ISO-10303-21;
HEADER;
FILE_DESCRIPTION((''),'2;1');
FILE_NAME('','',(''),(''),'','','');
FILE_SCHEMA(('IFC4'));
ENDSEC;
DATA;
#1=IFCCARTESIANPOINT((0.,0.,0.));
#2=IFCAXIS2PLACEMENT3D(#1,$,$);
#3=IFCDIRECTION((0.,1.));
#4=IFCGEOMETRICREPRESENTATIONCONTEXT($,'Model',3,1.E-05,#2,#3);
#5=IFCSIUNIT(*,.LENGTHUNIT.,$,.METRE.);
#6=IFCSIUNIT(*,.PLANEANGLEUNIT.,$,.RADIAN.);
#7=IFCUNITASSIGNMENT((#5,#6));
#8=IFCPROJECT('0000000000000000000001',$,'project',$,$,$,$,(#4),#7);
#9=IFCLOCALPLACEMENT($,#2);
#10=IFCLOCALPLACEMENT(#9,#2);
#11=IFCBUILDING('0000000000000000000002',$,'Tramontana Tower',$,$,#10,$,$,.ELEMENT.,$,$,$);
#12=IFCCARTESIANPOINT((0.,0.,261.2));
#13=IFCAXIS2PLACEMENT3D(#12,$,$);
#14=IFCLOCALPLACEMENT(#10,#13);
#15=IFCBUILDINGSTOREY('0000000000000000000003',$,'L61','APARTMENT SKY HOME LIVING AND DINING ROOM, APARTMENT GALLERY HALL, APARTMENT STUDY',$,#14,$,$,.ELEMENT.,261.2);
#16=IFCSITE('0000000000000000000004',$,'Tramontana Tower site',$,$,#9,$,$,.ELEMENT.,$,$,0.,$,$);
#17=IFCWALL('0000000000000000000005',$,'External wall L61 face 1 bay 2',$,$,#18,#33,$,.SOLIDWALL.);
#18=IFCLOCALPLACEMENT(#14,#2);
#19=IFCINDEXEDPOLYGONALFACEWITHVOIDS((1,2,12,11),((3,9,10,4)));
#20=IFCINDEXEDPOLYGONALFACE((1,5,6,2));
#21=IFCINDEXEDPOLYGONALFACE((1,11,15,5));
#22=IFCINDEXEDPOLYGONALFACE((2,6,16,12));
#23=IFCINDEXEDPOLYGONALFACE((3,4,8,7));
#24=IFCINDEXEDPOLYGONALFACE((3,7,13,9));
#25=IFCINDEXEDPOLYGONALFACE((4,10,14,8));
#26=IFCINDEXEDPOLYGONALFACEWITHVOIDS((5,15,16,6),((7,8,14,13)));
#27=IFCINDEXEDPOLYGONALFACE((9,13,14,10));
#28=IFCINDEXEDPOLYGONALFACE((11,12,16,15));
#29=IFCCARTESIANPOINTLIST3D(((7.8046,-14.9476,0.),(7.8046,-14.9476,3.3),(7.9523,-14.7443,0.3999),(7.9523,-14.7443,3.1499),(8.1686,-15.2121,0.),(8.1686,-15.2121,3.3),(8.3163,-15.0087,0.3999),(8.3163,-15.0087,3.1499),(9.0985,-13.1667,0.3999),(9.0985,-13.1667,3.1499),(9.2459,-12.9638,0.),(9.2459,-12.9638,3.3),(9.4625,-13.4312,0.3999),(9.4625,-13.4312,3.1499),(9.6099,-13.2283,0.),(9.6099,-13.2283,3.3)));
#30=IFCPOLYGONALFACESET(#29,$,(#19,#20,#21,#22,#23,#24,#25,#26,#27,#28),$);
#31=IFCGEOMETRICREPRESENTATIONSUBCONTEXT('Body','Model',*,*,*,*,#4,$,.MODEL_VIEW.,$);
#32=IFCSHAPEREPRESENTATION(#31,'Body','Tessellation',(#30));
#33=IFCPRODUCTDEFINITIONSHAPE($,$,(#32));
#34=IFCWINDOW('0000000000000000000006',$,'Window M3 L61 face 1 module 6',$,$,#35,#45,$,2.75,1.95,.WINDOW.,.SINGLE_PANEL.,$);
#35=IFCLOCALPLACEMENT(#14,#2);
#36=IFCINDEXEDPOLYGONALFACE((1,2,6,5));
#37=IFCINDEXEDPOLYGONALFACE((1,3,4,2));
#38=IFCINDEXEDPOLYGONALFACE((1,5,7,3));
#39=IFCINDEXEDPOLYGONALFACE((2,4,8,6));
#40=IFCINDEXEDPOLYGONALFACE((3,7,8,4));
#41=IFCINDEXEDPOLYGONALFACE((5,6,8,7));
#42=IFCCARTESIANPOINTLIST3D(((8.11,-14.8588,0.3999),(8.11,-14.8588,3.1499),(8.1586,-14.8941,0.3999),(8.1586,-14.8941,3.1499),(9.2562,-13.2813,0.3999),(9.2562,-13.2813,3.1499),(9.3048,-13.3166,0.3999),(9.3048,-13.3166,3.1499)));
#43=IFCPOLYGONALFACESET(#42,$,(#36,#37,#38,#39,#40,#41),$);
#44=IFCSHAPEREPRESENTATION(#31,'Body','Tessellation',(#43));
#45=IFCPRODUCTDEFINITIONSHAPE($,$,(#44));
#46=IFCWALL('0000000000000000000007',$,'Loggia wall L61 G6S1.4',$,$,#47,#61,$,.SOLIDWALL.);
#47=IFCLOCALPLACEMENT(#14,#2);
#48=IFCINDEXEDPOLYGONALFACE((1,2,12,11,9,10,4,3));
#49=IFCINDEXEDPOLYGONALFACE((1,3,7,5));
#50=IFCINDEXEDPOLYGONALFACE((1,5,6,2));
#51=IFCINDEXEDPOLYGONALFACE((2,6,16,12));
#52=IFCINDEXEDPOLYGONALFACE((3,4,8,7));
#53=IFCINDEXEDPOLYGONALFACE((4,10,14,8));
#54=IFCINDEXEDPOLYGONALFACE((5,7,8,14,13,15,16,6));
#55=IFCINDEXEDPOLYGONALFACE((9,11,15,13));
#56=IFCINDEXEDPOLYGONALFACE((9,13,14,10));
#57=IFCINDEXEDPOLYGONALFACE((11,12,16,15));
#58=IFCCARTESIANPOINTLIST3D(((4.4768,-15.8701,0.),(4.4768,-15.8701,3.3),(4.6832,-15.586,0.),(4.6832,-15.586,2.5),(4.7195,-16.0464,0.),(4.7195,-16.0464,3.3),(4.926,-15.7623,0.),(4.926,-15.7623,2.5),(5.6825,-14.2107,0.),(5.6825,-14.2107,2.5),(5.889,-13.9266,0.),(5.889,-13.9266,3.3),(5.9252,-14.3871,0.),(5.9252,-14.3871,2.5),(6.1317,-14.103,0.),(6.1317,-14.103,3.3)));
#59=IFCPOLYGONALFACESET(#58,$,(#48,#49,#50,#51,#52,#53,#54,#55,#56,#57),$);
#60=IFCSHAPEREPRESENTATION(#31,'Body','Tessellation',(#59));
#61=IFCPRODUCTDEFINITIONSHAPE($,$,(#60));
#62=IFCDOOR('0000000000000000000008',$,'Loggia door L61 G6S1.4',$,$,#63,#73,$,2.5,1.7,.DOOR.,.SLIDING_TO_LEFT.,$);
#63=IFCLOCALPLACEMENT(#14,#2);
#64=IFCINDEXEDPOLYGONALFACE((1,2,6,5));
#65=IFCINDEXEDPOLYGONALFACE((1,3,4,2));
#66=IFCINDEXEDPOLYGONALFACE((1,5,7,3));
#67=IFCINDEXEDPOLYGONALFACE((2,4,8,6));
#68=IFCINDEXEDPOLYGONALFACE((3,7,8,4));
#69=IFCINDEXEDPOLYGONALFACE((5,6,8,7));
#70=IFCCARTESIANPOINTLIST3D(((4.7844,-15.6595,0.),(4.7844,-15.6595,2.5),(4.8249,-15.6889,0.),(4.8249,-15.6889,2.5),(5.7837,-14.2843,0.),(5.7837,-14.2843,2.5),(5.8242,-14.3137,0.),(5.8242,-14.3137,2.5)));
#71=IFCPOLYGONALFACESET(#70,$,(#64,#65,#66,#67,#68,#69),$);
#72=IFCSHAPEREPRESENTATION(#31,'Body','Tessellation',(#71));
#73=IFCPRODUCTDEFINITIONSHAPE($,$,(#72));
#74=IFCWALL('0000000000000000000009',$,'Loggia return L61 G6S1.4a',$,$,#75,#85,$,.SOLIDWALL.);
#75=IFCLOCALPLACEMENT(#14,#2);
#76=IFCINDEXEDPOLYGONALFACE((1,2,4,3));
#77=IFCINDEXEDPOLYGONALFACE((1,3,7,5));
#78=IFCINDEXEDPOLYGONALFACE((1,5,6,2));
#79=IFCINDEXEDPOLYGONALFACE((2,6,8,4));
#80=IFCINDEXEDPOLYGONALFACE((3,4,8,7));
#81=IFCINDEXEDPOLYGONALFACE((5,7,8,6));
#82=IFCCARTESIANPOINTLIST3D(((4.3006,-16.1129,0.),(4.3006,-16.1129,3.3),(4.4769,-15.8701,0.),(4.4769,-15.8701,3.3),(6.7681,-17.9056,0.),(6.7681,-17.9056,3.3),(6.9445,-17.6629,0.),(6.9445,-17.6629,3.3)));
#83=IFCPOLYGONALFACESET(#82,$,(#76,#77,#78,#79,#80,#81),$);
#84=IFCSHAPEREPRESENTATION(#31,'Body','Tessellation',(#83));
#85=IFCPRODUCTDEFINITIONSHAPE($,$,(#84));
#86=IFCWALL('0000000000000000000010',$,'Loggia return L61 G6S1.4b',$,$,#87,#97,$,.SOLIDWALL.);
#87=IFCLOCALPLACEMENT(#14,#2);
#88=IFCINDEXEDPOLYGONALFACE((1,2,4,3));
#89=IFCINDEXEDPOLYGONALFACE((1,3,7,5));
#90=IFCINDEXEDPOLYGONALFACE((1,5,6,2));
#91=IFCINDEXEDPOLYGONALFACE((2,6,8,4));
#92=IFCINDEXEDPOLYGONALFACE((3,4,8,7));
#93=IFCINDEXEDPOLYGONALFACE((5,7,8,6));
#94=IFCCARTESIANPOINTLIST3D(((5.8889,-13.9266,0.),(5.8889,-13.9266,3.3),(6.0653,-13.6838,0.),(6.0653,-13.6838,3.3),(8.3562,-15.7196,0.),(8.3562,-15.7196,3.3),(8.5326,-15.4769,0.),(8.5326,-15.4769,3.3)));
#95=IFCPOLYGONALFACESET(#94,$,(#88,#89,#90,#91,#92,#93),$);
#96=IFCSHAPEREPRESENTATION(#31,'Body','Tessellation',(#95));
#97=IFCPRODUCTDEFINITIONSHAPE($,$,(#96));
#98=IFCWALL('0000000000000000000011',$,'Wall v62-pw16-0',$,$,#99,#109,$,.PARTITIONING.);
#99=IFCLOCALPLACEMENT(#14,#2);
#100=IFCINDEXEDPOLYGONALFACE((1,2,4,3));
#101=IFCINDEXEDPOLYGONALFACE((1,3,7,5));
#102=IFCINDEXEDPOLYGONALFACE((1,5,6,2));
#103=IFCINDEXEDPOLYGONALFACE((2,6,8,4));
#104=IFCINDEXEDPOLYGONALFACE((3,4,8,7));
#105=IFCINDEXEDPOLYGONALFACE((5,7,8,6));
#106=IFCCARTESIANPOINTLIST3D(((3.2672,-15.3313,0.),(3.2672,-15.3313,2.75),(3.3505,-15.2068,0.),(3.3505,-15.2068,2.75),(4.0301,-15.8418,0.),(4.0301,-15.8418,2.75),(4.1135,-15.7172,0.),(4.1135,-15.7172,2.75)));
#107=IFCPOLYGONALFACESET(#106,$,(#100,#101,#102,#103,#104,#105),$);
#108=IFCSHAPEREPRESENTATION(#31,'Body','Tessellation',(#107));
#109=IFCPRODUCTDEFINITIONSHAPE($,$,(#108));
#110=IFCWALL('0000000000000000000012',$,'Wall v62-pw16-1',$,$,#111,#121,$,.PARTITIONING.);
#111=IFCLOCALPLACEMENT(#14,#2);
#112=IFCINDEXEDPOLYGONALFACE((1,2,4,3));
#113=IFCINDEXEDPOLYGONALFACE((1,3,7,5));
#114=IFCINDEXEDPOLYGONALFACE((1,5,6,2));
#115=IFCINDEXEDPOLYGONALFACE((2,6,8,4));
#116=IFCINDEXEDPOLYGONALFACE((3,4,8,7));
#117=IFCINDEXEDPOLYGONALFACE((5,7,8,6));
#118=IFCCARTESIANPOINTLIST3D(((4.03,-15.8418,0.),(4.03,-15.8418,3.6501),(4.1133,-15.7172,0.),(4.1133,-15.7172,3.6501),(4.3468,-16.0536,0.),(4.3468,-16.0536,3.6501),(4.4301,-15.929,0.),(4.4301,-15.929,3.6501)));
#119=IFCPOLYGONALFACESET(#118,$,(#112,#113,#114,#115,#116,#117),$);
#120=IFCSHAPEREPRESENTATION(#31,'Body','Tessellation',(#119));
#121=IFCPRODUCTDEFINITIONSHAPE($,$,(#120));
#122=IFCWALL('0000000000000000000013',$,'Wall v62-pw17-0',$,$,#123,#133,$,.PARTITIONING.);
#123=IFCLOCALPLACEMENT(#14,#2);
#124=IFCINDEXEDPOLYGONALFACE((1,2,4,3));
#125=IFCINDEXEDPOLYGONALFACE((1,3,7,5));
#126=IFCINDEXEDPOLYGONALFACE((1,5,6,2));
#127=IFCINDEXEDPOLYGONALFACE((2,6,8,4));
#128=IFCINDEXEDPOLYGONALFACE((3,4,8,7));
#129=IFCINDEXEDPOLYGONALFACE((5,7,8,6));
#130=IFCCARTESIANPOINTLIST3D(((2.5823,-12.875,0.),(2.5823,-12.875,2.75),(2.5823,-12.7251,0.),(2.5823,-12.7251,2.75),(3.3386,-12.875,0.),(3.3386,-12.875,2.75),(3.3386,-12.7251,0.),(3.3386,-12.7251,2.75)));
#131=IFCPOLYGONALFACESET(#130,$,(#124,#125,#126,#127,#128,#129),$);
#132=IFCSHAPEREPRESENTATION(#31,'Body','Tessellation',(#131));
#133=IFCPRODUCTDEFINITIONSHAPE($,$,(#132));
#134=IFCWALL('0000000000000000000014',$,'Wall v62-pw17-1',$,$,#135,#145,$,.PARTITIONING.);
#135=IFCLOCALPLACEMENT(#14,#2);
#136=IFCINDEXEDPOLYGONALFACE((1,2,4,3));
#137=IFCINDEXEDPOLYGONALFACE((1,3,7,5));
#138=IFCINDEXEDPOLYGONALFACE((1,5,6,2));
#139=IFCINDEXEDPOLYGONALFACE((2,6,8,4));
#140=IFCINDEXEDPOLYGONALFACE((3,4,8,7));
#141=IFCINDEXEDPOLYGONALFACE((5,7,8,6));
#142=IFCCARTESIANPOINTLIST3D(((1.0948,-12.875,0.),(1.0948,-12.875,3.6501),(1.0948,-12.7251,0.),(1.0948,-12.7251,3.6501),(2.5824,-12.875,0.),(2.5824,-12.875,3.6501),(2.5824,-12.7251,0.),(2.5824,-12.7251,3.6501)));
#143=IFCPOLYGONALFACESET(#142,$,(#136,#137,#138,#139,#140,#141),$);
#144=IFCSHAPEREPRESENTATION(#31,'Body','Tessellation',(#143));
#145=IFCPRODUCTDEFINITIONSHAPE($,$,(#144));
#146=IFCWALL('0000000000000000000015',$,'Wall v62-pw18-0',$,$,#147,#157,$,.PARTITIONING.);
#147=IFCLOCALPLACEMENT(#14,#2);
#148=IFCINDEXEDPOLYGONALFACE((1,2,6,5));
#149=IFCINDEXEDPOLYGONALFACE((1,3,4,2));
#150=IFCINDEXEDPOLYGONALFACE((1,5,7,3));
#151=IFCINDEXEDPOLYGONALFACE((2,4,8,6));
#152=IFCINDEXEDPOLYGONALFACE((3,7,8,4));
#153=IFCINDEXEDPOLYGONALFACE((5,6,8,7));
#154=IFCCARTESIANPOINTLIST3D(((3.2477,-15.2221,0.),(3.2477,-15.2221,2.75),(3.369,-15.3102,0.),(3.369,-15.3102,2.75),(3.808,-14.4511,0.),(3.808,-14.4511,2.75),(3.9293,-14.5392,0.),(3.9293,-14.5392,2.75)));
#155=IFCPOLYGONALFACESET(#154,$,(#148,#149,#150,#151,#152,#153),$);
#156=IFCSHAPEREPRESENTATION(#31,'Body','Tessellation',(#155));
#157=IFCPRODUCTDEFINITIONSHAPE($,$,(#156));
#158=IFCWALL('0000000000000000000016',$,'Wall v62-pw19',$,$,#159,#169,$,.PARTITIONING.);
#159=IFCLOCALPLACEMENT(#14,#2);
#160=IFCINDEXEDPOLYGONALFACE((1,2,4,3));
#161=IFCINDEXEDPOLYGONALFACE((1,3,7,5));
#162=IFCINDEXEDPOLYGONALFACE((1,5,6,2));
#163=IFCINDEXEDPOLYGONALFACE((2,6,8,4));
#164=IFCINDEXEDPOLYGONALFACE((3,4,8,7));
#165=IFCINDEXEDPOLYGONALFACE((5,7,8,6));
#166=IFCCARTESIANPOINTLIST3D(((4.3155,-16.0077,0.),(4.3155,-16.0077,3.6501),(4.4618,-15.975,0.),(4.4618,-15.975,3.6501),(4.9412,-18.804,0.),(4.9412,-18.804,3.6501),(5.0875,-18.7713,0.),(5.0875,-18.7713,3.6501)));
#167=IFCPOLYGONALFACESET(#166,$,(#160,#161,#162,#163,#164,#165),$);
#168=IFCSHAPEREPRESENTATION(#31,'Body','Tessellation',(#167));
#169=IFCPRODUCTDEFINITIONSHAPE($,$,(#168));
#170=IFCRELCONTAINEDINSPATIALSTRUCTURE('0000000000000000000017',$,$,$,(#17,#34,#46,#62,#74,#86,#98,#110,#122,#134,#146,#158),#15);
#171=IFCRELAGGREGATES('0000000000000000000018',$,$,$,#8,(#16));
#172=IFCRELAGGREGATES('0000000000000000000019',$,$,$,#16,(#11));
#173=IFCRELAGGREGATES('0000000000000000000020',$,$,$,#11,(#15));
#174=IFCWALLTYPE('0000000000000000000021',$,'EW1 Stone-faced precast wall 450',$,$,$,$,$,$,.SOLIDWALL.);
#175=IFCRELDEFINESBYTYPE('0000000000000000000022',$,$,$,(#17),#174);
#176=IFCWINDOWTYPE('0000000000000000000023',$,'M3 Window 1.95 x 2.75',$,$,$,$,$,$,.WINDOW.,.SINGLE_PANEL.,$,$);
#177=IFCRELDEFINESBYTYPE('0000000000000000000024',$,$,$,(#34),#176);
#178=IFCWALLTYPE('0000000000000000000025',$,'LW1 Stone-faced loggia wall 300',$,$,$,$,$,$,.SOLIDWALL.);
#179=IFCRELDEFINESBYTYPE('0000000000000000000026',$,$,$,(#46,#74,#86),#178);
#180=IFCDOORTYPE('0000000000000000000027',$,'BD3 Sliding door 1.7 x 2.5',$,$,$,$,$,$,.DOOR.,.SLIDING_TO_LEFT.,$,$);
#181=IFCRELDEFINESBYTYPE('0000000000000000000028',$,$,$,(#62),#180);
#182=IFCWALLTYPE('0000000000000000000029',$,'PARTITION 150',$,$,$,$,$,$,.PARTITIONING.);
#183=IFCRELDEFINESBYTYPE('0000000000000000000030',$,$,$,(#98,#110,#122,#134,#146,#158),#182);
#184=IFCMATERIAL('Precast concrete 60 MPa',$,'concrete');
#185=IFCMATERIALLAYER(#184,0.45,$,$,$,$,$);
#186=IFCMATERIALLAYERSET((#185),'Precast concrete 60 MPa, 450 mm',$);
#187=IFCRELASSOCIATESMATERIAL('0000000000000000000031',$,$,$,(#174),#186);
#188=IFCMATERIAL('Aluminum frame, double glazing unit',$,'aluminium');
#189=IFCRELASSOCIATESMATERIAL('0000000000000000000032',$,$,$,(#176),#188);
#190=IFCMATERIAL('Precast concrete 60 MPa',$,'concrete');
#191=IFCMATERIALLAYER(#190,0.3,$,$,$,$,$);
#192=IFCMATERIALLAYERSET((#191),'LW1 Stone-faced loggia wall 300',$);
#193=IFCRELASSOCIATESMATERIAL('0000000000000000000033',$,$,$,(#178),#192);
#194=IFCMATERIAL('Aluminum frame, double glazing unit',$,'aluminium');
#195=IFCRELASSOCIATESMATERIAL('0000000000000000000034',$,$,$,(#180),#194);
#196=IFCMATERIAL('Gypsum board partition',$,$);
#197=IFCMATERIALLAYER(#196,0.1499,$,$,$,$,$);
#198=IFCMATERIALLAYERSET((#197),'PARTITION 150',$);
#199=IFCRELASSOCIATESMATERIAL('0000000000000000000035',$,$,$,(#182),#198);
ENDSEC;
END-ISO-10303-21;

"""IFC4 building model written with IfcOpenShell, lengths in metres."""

from ifc_helpers import new_model, si_unit, direction, frame, frame_2d, origin, place, context, subcontext, project, spatial, rectangle, extrude, material, layer, layer_set, type_object, element, fill, save


model = new_model("IFC4")

# Units and contexts
model_context = context("Model", 3, precision=1e-05, world=origin(), true_north=direction((0.0, 1.0)))
body_context = subcontext(model_context, "Body", "Model", "MODEL_VIEW")
ifc_project = project(units=[si_unit("LENGTHUNIT", "METRE"), si_unit("PLANEANGLEUNIT", "RADIAN")], contexts=[model_context])

# Site, building, storey
site_placement = place(None, origin())
site = spatial("IfcSite", under=ifc_project, at=site_placement, Name="Tramontana Tower site", CompositionType="ELEMENT", RefElevation=0.0)
building_placement = place(site_placement, origin())
building = spatial("IfcBuilding", under=site, at=building_placement, Name="Tramontana Tower", CompositionType="ELEMENT")
storey_placement = place(building_placement, frame((0.0, 0.0, 261.2)))
storey = spatial("IfcBuildingStorey", under=building, at=storey_placement, Name="L61", Description="APARTMENT SKY HOME LIVING AND DINING ROOM, APARTMENT GALLERY HALL, APARTMENT STUDY", CompositionType="ELEMENT", Elevation=261.2)

# Shared definitions
ifc_material_1 = material(Name="Precast concrete 60 MPa", Category="concrete")
ifc_layer_1 = layer(ifc_material_1, 0.45)
ifc_layer_set_1 = layer_set([ifc_layer_1], Name="Precast concrete 60 MPa, 450 mm")
wall_type_1 = type_object("IfcWallType", Name="EW1 Stone-faced precast wall 450", PredefinedType="SOLIDWALL", material=ifc_layer_set_1)
ifc_material_2 = material(Name="Aluminum frame, double glazing unit", Category="aluminium")
window_type_1 = type_object("IfcWindowType", Name="M3 Window 1.95 x 2.75", PartitioningType="SINGLE_PANEL", PredefinedType="WINDOW", material=ifc_material_2)

# Wall, opening, window
wall_1_placement = place(storey_placement, frame((7.9866, -15.0798, 0.0), z_axis=(0.0, 0.0, 1.0), x_axis=(0.587793, 0.809012, 0.0)))
wall_1 = element("IfcWall", 1, at=wall_1_placement, inside=storey, type_object=wall_type_1, Name="External wall L61 face 1 bay 2", PredefinedType="SOLIDWALL", context=body_context, shape_type="SweptSolid", body=[
    extrude(rectangle(XDim=2.4521, YDim=0.45, at=frame_2d((1.2261, 0.0))), origin(), (0.0, 0.0, 1.0), 3.3),
])
opening_1_placement = place(wall_1_placement, frame((0.2512, 0.0, 0.3999)))
opening_1 = element("IfcOpeningElement", 2, at=opening_1_placement, cuts=wall_1, PredefinedType="OPENING", context=body_context, shape_type="SweptSolid", body=[
    extrude(rectangle(XDim=1.95, YDim=2.75, at=frame_2d((0.9751, 1.375))), frame((0.0, 0.2349, 0.0), z_axis=(0.0, -1.0, 0.0), x_axis=(1.0, 0.0, 0.0)), (0.0, 0.0, 1.0), 0.47),
])
window_1_placement = place(opening_1_placement, origin())
window_1 = element("IfcWindow", 3, at=window_1_placement, inside=storey, type_object=window_type_1, Name="Window M3 L61 face 1 module 6", OverallHeight=2.75, OverallWidth=1.95, PartitioningType="SINGLE_PANEL", PredefinedType="WINDOW", context=body_context, shape_type="SweptSolid", body=[
    extrude(rectangle(XDim=1.95, YDim=2.75, at=frame_2d((0.9751, 1.375))), frame((0.0, 0.03, 0.0), z_axis=(0.0, -1.0, 0.0), x_axis=(1.0, 0.0, 0.0)), (0.0, 0.0, 1.0), 0.0601),
])
fill(opening_1, window_1)

# Wall, opening, door
ifc_material_3 = material(Name="Precast concrete 60 MPa", Category="concrete")
ifc_layer_2 = layer(ifc_material_3, 0.3)
ifc_layer_set_2 = layer_set([ifc_layer_2], Name="LW1 Stone-faced loggia wall 300")
wall_type_2 = type_object("IfcWallType", Name="LW1 Stone-faced loggia wall 300", PredefinedType="SOLIDWALL", material=ifc_layer_set_2)
wall_2_placement = place(storey_placement, frame((4.5981, -15.9583, 0.0), z_axis=(0.0, 0.0, 1.0), x_axis=(0.587833, 0.808982, 0.0)))
wall_2 = element("IfcWall", 4, at=wall_2_placement, inside=storey, type_object=wall_type_2, Name="Loggia wall L61 G6S1.4", PredefinedType="SOLIDWALL", context=body_context, shape_type="SweptSolid", body=[
    extrude(rectangle(XDim=2.4023, YDim=0.3, at=frame_2d((1.2012, 0.0))), origin(), (0.0, 0.0, 1.0), 3.3),
])
opening_2_placement = place(wall_2_placement, frame((0.3511, 0.0, 0.0)))
opening_2 = element("IfcOpeningElement", 5, at=opening_2_placement, cuts=wall_2, PredefinedType="OPENING", context=body_context, shape_type="SweptSolid", body=[
    extrude(rectangle(XDim=1.7, YDim=2.5, at=frame_2d((0.8501, 1.25))), frame((0.0, 0.1599, 0.0), z_axis=(0.0, -1.0, 0.0), x_axis=(1.0, 0.0, 0.0)), (0.0, 0.0, 1.0), 0.3201),
])
ifc_material_4 = material(Name="Aluminum frame, double glazing unit", Category="aluminium")
door_type_1 = type_object("IfcDoorType", Name="BD3 Sliding door 1.7 x 2.5", OperationType="SLIDING_TO_LEFT", PredefinedType="DOOR", material=ifc_material_4)
door_1_placement = place(opening_2_placement, origin())
door_1 = element("IfcDoor", 6, at=door_1_placement, inside=storey, type_object=door_type_1, Name="Loggia door L61 G6S1.4", OperationType="SLIDING_TO_LEFT", OverallHeight=2.5, OverallWidth=1.7, PredefinedType="DOOR", context=body_context, shape_type="SweptSolid", body=[
    extrude(rectangle(XDim=1.7, YDim=2.5, at=frame_2d((0.8501, 1.25))), frame((0.0, 0.0249, 0.0), z_axis=(0.0, -1.0, 0.0), x_axis=(1.0, 0.0, 0.0)), (0.0, 0.0, 1.0), 0.05),
])
fill(opening_2, door_1)

# Walls
for number, where, z_axis, x_axis, name in (
    (7, (6.8562, -17.7842, 0.0), (0.0, 0.0, 1.0), (-0.809023, 0.587777, 0.0), "Loggia return L61 G6S1.4a"),
    (8, (8.4443, -15.5981, 0.0), (0.0, 0.0, 1.0), (-0.808958, 0.587867, 0.0), "Loggia return L61 G6S1.4b"),
):
    element("IfcWall", number, at=place(storey_placement, frame(where, z_axis=z_axis, x_axis=x_axis)), inside=storey, type_object=wall_type_2, Name=name, PredefinedType="SOLIDWALL", context=body_context, shape_type="SweptSolid", body=[
        extrude(rectangle(XDim=3.05, YDim=0.3, at=frame_2d((1.5249, 0.0))), origin(), (0.0, 0.0, 1.0), 3.3),
    ])
ifc_material_5 = material(Name="Gypsum board partition")
ifc_layer_3 = layer(ifc_material_5, 0.1499)
ifc_layer_set_3 = layer_set([ifc_layer_3], Name="PARTITION 150")
wall_type_3 = type_object("IfcWallType", Name="PARTITION 150", PredefinedType="PARTITIONING", material=ifc_layer_set_3)
wall_3_placement = place(storey_placement, frame((3.3088, -15.269, 0.0), z_axis=(0.0, 0.0, 1.0), x_axis=(0.831108, -0.556111, 0.0)))
element("IfcWall", 9, at=wall_3_placement, inside=storey, type_object=wall_type_3, Name="Wall v62-pw16-0", PredefinedType="PARTITIONING", context=body_context, shape_type="SweptSolid", body=[
    extrude(rectangle(XDim=0.918, YDim=0.1499, at=frame_2d((0.459, 0.0))), origin(), (0.0, 0.0, 1.0), 2.75),
])
wall_4_placement = place(storey_placement, frame((4.0718, -15.7795, 0.0), z_axis=(0.0, 0.0, 1.0), x_axis=(0.831261, -0.555882, 0.0)))
element("IfcWall", 10, at=wall_4_placement, inside=storey, type_object=wall_type_3, Name="Wall v62-pw16-1", PredefinedType="PARTITIONING", context=body_context, shape_type="SweptSolid", body=[
    extrude(rectangle(XDim=0.3811, YDim=0.1499, at=frame_2d((0.1904, 0.0))), origin(), (0.0, 0.0, 1.0), 3.6501),
])
wall_5_placement = place(storey_placement, frame((3.3386, -12.8, 0.0), z_axis=(0.0, 0.0, 1.0), x_axis=(-1.0, 0.0, 0.0)))
element("IfcWall", 11, at=wall_5_placement, inside=storey, type_object=wall_type_3, Name="Wall v62-pw17-0", PredefinedType="PARTITIONING", context=body_context, shape_type="SweptSolid", body=[
    extrude(rectangle(XDim=0.7563, YDim=0.1499, at=frame_2d((0.3782, 0.0))), origin(), (0.0, 0.0, 1.0), 2.75),
])
wall_6_placement = place(storey_placement, frame((2.5823, -12.8, 0.0), z_axis=(0.0, 0.0, 1.0), x_axis=(-1.0, 0.0, 0.0)))
element("IfcWall", 12, at=wall_6_placement, inside=storey, type_object=wall_type_3, Name="Wall v62-pw17-1", PredefinedType="PARTITIONING", context=body_context, shape_type="SweptSolid", body=[
    extrude(rectangle(XDim=1.4875, YDim=0.1499, at=frame_2d((0.7437, 0.0))), origin(), (0.0, 0.0, 1.0), 3.6501),
])

# Walls
wall_7_placement = place(storey_placement, frame((3.8687, -14.4951, 0.0), z_axis=(0.0, 0.0, 1.0), x_axis=(-0.587882, -0.808946, 0.0)))
element("IfcWall", 13, at=wall_7_placement, inside=storey, type_object=wall_type_3, Name="Wall v62-pw18-0", PredefinedType="PARTITIONING", context=body_context, shape_type="SweptSolid", body=[
    extrude(rectangle(XDim=0.9531, YDim=0.1499, at=frame_2d((0.4766, 0.0))), origin(), (0.0, 0.0, 1.0), 2.75),
])
wall_8_placement = place(storey_placement, frame((4.3887, -15.9915, 0.0), z_axis=(0.0, 0.0, 1.0), x_axis=(0.218365, -0.975867, 0.0)))
element("IfcWall", 14, at=wall_8_placement, inside=storey, type_object=wall_type_3, Name="Wall v62-pw19", PredefinedType="PARTITIONING", context=body_context, shape_type="SweptSolid", body=[
    extrude(rectangle(XDim=2.8655, YDim=0.1499, at=frame_2d((1.4326, 0.0))), origin(), (0.0, 0.0, 1.0), 3.6501),
])

save(model, "model.ifc")
